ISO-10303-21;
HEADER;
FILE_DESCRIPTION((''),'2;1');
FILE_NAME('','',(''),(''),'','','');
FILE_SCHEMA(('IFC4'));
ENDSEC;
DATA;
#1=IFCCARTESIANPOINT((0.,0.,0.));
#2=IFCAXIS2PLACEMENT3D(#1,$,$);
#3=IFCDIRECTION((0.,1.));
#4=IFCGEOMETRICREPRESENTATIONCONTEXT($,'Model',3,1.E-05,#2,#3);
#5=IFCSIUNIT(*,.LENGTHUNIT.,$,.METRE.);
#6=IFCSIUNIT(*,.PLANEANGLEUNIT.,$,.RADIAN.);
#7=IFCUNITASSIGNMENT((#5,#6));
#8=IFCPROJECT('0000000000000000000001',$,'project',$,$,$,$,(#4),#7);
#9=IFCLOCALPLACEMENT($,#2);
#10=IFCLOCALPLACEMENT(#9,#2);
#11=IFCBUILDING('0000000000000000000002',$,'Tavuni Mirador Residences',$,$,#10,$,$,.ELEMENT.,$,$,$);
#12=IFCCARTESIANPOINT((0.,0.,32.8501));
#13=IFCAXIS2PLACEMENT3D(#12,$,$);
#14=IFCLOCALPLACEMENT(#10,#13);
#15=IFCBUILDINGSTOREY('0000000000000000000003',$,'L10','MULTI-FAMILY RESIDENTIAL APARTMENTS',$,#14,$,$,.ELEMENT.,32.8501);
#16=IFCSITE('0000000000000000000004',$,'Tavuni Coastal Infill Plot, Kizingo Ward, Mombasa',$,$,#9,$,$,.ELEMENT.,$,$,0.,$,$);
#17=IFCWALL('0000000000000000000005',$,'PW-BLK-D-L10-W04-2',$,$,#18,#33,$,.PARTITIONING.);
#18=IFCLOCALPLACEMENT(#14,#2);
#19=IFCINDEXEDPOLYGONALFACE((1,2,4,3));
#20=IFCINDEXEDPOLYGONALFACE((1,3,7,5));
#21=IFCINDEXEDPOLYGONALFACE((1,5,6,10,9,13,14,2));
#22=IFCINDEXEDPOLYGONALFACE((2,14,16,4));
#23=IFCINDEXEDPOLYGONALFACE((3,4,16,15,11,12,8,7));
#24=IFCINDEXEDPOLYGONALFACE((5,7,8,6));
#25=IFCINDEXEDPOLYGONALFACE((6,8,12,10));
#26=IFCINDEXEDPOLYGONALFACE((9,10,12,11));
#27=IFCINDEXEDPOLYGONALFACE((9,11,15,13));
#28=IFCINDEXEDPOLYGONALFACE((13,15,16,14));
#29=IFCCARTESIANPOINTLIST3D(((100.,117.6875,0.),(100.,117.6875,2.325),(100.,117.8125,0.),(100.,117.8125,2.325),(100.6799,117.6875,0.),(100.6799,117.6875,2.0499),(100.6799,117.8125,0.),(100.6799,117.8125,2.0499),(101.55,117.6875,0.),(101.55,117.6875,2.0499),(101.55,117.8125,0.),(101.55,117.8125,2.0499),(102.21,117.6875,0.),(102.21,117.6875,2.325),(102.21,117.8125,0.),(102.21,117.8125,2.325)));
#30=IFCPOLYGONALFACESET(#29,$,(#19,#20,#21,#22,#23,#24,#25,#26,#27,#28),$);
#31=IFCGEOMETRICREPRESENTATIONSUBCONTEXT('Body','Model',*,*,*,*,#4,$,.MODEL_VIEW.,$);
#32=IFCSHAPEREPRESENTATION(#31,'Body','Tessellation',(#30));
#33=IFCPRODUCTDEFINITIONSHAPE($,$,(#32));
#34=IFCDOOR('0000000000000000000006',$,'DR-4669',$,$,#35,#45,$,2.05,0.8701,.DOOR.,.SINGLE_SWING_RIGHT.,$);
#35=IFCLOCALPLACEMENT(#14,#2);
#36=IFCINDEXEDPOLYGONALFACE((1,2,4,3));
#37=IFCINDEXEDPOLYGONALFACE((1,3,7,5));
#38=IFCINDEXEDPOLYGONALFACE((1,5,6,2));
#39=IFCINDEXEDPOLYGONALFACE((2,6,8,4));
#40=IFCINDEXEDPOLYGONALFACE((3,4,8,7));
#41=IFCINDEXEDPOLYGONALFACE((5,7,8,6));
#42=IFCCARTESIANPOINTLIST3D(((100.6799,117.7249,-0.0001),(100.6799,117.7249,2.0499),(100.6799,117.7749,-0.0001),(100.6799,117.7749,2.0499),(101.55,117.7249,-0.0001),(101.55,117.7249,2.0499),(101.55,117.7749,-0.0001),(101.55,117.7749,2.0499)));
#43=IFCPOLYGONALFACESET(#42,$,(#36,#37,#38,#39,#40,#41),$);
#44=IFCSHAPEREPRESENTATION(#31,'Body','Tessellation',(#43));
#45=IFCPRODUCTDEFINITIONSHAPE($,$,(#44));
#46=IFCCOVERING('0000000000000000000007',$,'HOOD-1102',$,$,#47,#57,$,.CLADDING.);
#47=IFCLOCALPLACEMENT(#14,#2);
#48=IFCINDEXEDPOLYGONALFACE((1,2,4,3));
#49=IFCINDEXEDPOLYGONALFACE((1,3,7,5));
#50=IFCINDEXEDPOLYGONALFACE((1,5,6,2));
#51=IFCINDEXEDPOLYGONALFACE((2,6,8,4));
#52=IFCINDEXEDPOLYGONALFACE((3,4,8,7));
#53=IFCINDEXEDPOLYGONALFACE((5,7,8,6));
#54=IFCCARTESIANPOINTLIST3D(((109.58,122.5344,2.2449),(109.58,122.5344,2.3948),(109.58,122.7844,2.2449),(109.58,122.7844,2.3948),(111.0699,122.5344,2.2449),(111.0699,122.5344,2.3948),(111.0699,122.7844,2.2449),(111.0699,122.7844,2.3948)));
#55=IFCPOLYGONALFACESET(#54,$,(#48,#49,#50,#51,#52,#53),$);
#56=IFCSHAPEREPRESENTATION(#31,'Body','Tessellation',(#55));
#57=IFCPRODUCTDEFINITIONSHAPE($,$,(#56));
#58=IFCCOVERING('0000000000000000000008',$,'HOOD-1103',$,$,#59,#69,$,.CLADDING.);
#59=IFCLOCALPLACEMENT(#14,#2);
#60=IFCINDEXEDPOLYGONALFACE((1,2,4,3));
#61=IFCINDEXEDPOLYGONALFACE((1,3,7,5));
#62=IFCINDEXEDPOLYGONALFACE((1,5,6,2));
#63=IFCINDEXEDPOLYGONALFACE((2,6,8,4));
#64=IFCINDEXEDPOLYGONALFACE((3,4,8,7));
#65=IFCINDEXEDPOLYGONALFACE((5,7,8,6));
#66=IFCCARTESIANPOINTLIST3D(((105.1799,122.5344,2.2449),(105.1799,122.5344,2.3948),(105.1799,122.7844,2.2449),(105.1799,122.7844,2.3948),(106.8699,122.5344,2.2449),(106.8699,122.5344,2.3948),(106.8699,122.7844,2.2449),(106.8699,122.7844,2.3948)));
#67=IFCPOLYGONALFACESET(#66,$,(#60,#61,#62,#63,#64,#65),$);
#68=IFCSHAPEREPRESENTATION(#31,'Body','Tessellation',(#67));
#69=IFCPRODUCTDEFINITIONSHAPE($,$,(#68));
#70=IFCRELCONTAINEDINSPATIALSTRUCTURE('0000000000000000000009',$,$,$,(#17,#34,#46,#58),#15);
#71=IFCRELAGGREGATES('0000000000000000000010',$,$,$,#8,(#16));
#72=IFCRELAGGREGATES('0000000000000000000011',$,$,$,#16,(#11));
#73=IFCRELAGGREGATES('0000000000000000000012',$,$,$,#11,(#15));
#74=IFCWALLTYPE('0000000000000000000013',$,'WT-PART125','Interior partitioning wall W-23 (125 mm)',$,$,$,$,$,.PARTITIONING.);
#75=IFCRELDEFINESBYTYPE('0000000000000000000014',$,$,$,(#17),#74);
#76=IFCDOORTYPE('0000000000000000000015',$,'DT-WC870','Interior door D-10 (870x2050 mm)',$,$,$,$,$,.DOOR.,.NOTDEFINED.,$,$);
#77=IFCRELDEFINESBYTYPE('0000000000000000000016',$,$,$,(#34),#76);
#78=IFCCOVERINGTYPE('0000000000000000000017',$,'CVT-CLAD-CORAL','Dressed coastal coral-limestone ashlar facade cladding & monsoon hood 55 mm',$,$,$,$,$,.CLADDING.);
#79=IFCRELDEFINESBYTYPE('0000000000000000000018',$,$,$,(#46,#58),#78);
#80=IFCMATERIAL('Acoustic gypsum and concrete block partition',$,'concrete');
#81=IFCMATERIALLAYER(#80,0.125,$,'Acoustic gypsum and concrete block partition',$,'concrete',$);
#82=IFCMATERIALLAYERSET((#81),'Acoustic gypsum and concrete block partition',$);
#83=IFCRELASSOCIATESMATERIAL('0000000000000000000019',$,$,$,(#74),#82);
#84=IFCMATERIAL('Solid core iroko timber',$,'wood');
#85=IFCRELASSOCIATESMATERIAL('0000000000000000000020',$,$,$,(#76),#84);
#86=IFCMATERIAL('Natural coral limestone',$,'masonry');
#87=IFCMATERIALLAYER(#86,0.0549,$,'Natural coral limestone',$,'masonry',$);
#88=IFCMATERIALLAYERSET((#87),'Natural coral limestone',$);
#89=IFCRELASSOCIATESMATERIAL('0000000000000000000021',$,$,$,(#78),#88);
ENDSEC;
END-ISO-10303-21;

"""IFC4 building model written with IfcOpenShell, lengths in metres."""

from ifc_helpers import new_model, si_unit, direction, frame, frame_2d, origin, origin_2d, place, context, subcontext, project, spatial, rectangle, extrude, material, layer, layer_set, type_object, element, fill, save


model = new_model("IFC4")

# Units and contexts
model_context = context("Model", 3, precision=1e-05, world=origin(), true_north=direction((0.0, 1.0)))
body_context = subcontext(model_context, "Body", "Model", "MODEL_VIEW")
ifc_project = project(units=[si_unit("LENGTHUNIT", "METRE"), si_unit("PLANEANGLEUNIT", "RADIAN")], contexts=[model_context])

# Site, building, storey
site_placement = place(None, origin())
site = spatial("IfcSite", under=ifc_project, at=site_placement, Name="Tavuni Coastal Infill Plot, Kizingo Ward, Mombasa", CompositionType="ELEMENT", RefElevation=0.0)
building_placement = place(site_placement, origin())
building = spatial("IfcBuilding", under=site, at=building_placement, Name="Tavuni Mirador Residences", CompositionType="ELEMENT")
storey_placement = place(building_placement, frame((0.0, 0.0, 32.8501)))
storey = spatial("IfcBuildingStorey", under=building, at=storey_placement, Name="L10", Description="MULTI-FAMILY RESIDENTIAL APARTMENTS", CompositionType="ELEMENT", Elevation=32.8501)

# Shared definitions
ifc_material_1 = material(Name="Solid core iroko timber", Category="wood")

# Shared definitions
ifc_material_2 = material(Name="Acoustic gypsum and concrete block partition", Category="concrete")

# Wall, opening, door
ifc_layer_1 = layer(ifc_material_2, 0.125, Name="Acoustic gypsum and concrete block partition", Category="concrete")
ifc_layer_set_1 = layer_set([ifc_layer_1], Name="Acoustic gypsum and concrete block partition")
wall_type_1 = type_object("IfcWallType", Name="WT-PART125", Description="Interior partitioning wall W-23 (125 mm)", PredefinedType="PARTITIONING", material=ifc_layer_set_1)
wall_1_placement = place(storey_placement, frame((100.0, 117.75, 0.0), z_axis=(0.0, 0.0, 1.0), x_axis=(1.0, 0.0, 0.0)))
wall_1 = element("IfcWall", 1, at=wall_1_placement, inside=storey, type_object=wall_type_1, Name="PW-BLK-D-L10-W04-2", PredefinedType="PARTITIONING", context=body_context, shape_type="SweptSolid", body=[
    extrude(rectangle(XDim=2.21, YDim=0.125, at=frame_2d((1.105, 0.0))), origin(), (0.0, 0.0, 1.0), 2.325),
])
opening_1_placement = place(wall_1_placement, frame((0.6799, 0.0, 0.0)))
opening_1 = element("IfcOpeningElement", 2, at=opening_1_placement, cuts=wall_1, PredefinedType="OPENING", context=body_context, shape_type="SweptSolid", body=[
    extrude(rectangle(XDim=0.8701, YDim=2.05, at=frame_2d((0.4351, 1.0249))), frame((0.0, 0.0725, 0.0), z_axis=(0.0, -1.0, 0.0), x_axis=(1.0, 0.0, 0.0)), (0.0, 0.0, 1.0), 0.145),
])
door_type_1 = type_object("IfcDoorType", Name="DT-WC870", Description="Interior door D-10 (870x2050 mm)", OperationType="NOTDEFINED", PredefinedType="DOOR", material=ifc_material_1)
door_1_placement = place(opening_1_placement, origin())
door_1 = element("IfcDoor", 3, at=door_1_placement, inside=storey, type_object=door_type_1, Name="DR-4669", OperationType="SINGLE_SWING_RIGHT", OverallHeight=2.05, OverallWidth=0.8701, PredefinedType="DOOR", context=body_context, shape_type="SweptSolid", body=[
    extrude(rectangle(XDim=0.8701, YDim=2.05, at=frame_2d((0.4351, 1.0249))), frame((0.0, 0.0249, 0.0), z_axis=(0.0, -1.0, 0.0), x_axis=(1.0, 0.0, 0.0)), (0.0, 0.0, 1.0), 0.05),
])
fill(opening_1, door_1)

# Coverings
ifc_material_3 = material(Name="Natural coral limestone", Category="masonry")
ifc_layer_2 = layer(ifc_material_3, 0.0549, Name="Natural coral limestone", Category="masonry")
ifc_layer_set_2 = layer_set([ifc_layer_2], Name="Natural coral limestone")
covering_type = type_object("IfcCoveringType", Name="CVT-CLAD-CORAL", Description="Dressed coastal coral-limestone ashlar facade cladding & monsoon hood 55 mm", PredefinedType="CLADDING", material=ifc_layer_set_2)
covering_1_placement = place(storey_placement, frame((110.325, 122.6594, 2.2449), z_axis=(0.0, 0.0, 1.0), x_axis=(-1.0, 0.0, 0.0)))
element("IfcCovering", 4, at=covering_1_placement, inside=storey, type_object=covering_type, Name="HOOD-1102", PredefinedType="CLADDING", context=body_context, shape_type="SweptSolid", body=[
    extrude(rectangle(XDim=1.49, YDim=0.25, at=origin_2d()), origin(), (0.0, 0.0, 1.0), 0.1499),
])
covering_2_placement = place(storey_placement, frame((106.0249, 122.6594, 2.2449), z_axis=(0.0, 0.0, 1.0), x_axis=(-1.0, 0.0, 0.0)))
element("IfcCovering", 5, at=covering_2_placement, inside=storey, type_object=covering_type, Name="HOOD-1103", PredefinedType="CLADDING", context=body_context, shape_type="SweptSolid", body=[
    extrude(rectangle(XDim=1.6899, YDim=0.25, at=origin_2d()), origin(), (0.0, 0.0, 1.0), 0.1499),
])

save(model, "model.ifc")
